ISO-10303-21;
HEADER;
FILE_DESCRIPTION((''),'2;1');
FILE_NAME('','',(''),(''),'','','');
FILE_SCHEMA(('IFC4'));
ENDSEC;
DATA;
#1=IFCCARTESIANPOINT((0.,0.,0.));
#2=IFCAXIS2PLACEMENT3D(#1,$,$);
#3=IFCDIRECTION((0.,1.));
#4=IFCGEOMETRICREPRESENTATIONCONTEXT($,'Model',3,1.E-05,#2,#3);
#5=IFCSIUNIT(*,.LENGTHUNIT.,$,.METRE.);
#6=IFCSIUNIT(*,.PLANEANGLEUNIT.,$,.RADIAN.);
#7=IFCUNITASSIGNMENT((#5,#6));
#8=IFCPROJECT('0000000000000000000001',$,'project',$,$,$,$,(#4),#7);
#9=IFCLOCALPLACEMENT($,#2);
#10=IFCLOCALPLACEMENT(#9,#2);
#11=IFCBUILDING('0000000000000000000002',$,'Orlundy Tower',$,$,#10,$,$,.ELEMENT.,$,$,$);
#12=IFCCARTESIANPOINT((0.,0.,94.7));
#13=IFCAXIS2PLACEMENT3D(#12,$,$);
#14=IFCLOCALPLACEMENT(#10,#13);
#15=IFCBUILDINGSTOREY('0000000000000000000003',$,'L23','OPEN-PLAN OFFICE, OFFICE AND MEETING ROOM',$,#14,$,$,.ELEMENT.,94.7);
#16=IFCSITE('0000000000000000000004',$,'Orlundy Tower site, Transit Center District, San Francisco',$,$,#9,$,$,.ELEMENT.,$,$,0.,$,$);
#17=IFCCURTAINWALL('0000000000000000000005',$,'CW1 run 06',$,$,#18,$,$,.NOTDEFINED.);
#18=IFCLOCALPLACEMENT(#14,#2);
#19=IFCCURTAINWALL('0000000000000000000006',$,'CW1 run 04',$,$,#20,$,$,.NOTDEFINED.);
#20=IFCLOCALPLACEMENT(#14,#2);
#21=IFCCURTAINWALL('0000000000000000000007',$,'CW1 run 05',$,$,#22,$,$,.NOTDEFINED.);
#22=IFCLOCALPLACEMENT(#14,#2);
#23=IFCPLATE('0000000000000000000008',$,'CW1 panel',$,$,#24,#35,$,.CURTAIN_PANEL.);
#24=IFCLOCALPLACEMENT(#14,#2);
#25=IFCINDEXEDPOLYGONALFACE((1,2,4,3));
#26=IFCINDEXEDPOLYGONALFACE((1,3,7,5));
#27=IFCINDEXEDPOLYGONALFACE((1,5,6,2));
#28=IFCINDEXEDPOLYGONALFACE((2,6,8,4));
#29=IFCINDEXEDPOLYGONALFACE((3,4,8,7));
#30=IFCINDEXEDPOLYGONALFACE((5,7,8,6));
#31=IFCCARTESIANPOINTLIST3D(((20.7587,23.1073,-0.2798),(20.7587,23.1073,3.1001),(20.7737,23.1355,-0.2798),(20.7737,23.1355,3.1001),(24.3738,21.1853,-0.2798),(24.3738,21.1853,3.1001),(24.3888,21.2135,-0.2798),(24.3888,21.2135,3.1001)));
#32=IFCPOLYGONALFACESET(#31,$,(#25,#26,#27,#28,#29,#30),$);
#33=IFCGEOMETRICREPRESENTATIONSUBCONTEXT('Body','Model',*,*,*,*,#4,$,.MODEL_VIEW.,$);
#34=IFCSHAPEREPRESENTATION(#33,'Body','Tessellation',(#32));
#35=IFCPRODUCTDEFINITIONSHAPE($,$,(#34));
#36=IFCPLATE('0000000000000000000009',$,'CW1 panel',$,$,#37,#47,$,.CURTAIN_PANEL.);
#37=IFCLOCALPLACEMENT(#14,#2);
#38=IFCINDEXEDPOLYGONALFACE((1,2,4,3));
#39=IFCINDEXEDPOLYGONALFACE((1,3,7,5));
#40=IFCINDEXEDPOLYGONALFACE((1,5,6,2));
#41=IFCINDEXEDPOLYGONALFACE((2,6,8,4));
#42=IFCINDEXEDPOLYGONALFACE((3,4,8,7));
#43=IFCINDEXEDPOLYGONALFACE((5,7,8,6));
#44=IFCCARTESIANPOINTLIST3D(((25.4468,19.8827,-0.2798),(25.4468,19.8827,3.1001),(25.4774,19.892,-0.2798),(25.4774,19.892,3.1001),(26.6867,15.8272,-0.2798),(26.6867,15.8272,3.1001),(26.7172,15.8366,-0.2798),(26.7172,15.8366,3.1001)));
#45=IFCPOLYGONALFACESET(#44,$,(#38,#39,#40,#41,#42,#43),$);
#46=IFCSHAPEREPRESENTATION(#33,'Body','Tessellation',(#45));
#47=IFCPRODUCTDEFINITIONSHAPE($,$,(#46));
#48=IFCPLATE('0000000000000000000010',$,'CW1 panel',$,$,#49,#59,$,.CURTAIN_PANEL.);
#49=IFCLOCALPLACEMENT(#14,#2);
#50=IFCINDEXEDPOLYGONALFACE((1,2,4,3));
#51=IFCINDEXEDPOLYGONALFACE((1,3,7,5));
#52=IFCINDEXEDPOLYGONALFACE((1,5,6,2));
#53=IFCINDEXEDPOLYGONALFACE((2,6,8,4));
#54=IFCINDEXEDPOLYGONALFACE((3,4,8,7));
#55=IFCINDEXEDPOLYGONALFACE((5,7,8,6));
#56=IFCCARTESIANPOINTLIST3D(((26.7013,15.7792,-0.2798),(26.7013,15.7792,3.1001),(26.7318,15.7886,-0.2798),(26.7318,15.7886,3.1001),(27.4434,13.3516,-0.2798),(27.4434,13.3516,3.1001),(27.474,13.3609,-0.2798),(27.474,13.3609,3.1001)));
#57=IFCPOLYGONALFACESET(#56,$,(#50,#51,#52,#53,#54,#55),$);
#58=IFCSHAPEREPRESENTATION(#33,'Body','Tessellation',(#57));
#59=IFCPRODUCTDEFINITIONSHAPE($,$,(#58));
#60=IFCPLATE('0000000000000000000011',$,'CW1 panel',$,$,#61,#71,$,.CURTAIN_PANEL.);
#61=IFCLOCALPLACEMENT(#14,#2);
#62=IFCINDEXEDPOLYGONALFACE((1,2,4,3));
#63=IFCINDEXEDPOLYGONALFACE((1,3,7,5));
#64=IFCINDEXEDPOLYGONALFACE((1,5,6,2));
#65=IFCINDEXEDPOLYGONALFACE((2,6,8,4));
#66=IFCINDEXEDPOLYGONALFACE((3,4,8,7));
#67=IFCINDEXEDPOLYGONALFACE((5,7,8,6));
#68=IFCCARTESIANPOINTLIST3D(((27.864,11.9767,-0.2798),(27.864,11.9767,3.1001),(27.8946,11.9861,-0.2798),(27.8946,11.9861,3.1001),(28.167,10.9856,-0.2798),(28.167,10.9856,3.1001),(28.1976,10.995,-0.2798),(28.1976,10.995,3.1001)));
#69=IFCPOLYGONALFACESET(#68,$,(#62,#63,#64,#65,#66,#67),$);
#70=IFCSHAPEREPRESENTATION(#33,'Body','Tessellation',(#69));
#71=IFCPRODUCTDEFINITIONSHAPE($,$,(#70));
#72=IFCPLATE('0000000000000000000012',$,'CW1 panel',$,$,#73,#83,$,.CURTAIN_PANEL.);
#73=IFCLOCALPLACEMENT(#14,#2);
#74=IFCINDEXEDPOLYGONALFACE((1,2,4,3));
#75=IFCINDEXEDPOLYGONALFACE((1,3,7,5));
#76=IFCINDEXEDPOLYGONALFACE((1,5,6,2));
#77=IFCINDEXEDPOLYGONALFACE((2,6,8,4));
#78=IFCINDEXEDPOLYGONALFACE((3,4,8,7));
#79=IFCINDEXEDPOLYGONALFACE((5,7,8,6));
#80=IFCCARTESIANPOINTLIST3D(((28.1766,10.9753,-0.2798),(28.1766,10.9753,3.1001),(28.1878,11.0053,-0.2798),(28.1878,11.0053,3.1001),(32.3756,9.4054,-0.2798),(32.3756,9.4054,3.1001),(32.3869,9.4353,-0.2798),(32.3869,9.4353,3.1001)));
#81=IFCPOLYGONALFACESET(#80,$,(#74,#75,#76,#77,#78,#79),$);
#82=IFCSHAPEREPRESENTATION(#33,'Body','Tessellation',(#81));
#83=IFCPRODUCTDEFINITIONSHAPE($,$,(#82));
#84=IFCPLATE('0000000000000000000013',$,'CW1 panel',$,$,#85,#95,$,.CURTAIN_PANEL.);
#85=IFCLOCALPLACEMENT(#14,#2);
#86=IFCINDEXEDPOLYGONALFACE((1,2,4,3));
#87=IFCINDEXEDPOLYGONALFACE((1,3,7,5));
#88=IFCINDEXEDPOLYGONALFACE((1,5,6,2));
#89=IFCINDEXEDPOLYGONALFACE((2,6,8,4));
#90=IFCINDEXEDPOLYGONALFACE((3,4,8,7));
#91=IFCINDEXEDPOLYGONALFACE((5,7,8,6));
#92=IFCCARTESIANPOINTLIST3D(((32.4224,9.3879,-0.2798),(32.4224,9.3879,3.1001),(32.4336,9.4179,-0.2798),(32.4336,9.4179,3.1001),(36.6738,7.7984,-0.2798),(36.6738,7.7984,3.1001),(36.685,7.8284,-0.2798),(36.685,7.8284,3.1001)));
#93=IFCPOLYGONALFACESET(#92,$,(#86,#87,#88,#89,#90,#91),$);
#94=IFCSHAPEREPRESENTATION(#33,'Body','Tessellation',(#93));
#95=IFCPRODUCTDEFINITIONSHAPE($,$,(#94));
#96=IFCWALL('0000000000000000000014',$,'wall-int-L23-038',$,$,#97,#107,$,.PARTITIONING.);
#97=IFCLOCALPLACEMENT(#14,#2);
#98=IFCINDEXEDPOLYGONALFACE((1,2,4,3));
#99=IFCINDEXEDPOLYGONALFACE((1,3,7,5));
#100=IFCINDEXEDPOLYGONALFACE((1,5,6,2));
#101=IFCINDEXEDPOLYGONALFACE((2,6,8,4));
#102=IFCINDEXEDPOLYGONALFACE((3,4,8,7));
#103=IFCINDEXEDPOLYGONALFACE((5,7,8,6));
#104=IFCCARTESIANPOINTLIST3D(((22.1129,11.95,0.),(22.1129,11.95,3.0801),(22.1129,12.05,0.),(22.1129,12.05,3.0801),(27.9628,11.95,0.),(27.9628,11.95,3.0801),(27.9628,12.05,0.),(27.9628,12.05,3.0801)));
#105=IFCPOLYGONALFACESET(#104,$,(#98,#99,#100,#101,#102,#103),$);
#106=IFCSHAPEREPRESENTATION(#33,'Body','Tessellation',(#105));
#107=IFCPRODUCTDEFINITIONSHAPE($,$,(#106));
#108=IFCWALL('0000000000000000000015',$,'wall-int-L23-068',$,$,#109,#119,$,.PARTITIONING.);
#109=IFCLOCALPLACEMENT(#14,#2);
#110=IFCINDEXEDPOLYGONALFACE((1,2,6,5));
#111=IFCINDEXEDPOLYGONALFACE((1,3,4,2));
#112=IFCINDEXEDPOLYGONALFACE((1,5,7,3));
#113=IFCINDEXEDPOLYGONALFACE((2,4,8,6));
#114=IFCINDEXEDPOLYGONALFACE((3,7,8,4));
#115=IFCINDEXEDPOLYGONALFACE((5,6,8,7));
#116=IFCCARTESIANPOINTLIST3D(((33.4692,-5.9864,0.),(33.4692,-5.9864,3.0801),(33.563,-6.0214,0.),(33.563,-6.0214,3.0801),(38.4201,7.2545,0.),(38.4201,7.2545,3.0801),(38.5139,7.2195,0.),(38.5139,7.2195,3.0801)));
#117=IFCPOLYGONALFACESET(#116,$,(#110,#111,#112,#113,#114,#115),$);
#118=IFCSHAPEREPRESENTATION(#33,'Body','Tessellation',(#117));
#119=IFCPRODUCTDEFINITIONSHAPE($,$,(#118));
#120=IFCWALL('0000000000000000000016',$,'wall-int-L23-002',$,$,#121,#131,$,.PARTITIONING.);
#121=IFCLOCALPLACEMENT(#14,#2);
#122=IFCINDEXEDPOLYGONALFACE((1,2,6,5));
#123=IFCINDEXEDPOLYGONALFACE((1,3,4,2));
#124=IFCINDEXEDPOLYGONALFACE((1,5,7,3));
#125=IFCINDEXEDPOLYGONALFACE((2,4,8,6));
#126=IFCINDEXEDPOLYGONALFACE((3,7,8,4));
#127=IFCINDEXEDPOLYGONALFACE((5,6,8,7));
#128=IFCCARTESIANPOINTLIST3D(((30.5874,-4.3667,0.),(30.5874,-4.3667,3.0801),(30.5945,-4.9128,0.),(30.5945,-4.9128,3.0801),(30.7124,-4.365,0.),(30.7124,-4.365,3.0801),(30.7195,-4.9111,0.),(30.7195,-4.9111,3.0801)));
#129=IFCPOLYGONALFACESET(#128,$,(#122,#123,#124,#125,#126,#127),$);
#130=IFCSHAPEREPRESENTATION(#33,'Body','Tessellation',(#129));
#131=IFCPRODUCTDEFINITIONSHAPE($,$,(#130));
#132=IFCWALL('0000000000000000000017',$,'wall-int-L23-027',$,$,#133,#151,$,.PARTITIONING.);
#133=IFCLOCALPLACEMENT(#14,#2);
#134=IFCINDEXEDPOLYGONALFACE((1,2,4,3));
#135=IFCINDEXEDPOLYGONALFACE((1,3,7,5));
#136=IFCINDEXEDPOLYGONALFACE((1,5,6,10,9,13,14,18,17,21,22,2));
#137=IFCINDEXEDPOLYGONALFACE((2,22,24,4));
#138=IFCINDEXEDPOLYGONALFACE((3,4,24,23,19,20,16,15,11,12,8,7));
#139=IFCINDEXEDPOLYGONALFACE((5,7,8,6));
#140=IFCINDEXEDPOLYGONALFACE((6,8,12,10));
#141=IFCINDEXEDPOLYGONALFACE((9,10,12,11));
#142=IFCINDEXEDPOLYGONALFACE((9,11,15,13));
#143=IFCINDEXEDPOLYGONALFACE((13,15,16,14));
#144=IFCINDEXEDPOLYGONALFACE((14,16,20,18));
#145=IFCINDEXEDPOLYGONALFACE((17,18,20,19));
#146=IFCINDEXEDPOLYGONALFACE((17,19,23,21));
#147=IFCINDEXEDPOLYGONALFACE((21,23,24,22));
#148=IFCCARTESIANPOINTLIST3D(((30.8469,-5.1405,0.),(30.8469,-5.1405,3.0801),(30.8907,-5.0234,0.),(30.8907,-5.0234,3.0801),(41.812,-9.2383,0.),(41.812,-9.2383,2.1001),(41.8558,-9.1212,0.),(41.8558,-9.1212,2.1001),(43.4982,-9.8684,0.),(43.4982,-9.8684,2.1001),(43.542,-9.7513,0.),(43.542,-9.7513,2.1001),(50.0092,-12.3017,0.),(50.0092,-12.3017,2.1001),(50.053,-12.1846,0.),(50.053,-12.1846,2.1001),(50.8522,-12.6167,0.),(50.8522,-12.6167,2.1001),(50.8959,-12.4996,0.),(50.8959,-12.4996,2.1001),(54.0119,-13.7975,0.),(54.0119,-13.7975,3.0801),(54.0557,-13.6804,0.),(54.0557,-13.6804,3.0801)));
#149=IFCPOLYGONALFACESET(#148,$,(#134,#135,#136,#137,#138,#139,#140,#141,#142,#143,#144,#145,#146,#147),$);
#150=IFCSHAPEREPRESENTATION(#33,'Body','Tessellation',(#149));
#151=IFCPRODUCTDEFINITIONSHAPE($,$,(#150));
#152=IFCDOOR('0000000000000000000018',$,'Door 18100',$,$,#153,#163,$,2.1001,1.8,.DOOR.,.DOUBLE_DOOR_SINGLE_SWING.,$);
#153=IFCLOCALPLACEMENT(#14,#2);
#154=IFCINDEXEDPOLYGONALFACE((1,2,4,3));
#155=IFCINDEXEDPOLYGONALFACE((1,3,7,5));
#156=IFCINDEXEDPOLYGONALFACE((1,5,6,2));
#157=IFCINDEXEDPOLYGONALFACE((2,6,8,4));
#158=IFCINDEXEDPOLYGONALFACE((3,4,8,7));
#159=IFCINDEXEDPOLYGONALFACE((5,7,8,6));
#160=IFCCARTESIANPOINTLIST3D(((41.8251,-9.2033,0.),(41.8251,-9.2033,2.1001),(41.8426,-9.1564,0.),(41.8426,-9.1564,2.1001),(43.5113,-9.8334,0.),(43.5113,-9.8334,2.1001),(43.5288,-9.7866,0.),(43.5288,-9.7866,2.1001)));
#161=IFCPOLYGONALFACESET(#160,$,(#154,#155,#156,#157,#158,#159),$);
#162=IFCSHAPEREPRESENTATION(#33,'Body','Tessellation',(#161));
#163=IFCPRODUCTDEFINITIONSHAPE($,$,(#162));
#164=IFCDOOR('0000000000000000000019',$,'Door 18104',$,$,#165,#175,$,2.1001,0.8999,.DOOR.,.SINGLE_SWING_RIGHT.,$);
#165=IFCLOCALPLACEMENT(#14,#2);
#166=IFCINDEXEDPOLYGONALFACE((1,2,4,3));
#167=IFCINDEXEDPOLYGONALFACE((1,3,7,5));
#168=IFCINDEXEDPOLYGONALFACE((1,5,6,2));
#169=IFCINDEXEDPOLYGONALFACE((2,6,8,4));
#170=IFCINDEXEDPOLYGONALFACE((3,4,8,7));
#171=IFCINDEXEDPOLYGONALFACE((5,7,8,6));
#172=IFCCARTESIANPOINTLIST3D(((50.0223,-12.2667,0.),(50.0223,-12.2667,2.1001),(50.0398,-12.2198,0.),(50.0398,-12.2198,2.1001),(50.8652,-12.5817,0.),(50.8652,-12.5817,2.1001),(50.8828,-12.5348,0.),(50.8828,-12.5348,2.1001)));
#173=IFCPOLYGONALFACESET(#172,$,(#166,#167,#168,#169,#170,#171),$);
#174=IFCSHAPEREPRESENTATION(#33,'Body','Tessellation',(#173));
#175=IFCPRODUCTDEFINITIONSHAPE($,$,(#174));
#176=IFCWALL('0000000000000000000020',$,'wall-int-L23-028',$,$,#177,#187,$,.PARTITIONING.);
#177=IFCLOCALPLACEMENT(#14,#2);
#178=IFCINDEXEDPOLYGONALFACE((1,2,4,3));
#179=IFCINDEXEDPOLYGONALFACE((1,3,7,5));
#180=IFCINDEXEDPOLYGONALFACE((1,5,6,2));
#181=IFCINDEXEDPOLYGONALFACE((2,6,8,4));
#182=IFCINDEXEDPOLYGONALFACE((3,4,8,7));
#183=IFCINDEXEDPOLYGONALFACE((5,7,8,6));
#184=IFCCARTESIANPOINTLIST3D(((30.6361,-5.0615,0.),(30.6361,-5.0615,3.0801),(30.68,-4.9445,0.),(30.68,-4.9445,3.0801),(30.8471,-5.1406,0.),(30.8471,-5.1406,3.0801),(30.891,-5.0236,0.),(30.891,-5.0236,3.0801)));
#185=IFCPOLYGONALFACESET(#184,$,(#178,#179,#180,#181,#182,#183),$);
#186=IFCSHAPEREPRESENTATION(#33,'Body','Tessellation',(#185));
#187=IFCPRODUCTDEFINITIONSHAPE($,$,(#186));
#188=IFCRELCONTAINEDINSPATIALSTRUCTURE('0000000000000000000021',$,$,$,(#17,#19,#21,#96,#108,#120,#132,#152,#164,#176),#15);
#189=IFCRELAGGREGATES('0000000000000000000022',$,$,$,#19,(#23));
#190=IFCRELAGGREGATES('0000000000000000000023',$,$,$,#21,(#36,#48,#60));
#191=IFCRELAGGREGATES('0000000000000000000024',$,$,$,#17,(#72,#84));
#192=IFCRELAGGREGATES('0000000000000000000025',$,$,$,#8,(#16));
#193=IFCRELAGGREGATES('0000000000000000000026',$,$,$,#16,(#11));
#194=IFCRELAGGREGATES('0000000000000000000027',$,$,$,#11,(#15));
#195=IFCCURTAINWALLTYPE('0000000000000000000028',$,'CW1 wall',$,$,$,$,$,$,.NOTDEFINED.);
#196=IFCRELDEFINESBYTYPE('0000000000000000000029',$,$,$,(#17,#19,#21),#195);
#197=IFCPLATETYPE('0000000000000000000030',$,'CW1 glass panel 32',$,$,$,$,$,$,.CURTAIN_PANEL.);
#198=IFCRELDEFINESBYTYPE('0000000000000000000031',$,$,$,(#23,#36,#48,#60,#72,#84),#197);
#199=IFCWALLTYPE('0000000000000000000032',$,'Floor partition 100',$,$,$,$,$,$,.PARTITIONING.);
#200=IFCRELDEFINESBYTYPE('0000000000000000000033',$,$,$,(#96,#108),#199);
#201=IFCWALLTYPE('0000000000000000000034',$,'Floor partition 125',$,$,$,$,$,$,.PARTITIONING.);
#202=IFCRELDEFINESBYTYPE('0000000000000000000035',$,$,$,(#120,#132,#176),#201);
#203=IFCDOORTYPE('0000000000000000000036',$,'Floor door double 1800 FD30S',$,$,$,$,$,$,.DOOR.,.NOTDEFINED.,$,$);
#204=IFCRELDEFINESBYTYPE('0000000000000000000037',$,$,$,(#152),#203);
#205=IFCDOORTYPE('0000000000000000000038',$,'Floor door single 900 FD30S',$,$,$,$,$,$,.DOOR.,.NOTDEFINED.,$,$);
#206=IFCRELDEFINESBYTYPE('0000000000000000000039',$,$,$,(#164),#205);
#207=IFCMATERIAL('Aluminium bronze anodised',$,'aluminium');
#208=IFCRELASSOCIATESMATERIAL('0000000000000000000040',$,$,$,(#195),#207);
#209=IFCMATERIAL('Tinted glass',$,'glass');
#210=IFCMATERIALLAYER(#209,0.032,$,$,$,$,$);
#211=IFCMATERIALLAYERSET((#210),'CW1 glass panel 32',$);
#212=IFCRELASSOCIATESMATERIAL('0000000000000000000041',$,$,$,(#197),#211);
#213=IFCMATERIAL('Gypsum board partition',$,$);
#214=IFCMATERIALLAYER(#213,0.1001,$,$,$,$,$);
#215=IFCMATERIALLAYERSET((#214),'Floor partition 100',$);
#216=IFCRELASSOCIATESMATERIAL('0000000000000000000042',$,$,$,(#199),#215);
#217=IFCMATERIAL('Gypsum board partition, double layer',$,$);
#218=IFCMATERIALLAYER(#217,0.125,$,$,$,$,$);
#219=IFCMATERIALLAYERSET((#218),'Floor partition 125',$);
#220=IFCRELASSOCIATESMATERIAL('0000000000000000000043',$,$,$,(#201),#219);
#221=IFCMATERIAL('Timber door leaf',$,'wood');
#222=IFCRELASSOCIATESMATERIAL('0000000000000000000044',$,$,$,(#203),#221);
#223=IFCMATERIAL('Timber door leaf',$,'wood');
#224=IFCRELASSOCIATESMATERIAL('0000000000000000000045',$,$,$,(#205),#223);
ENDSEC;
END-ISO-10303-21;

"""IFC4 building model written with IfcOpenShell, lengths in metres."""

from ifc_helpers import new_model, si_unit, direction, frame, frame_2d, origin, origin_2d, place, context, subcontext, project, spatial, rectangle, extrude, material, layer, layer_set, type_object, element, fill, aggregate, save


model = new_model("IFC4")

# Units and contexts
model_context = context("Model", 3, precision=1e-05, world=origin(), true_north=direction((0.0, 1.0)))
body_context = subcontext(model_context, "Body", "Model", "MODEL_VIEW")
ifc_project = project(units=[si_unit("LENGTHUNIT", "METRE"), si_unit("PLANEANGLEUNIT", "RADIAN")], contexts=[model_context])

# Site, building, storey
site_placement = place(None, origin())
site = spatial("IfcSite", under=ifc_project, at=site_placement, Name="Orlundy Tower site, Transit Center District, San Francisco", CompositionType="ELEMENT", RefElevation=0.0)
building_placement = place(site_placement, origin())
building = spatial("IfcBuilding", under=site, at=building_placement, Name="Orlundy Tower", CompositionType="ELEMENT")
storey_placement = place(building_placement, frame((0.0, 0.0, 94.7)))
storey = spatial("IfcBuildingStorey", under=building, at=storey_placement, Name="L23", Description="OPEN-PLAN OFFICE, OFFICE AND MEETING ROOM", CompositionType="ELEMENT", Elevation=94.7)

# Curtain walls
ifc_material_1 = material(Name="Aluminium bronze anodised", Category="aluminium")
curtain_wall_type = type_object("IfcCurtainWallType", Name="CW1 wall", PredefinedType="NOTDEFINED", material=ifc_material_1)
curtain_wall_1_placement = place(storey_placement, origin())
curtain_wall_1 = element("IfcCurtainWall", 1, at=curtain_wall_1_placement, inside=storey, type_object=curtain_wall_type, Name="CW1 run 06", PredefinedType="NOTDEFINED")
curtain_wall_2_placement = place(storey_placement, origin())
curtain_wall_2 = element("IfcCurtainWall", 2, at=curtain_wall_2_placement, inside=storey, type_object=curtain_wall_type, Name="CW1 run 04", PredefinedType="NOTDEFINED")
curtain_wall_3_placement = place(storey_placement, origin())
curtain_wall_3 = element("IfcCurtainWall", 3, at=curtain_wall_3_placement, inside=storey, type_object=curtain_wall_type, Name="CW1 run 05", PredefinedType="NOTDEFINED")

# Plates
ifc_material_2 = material(Name="Tinted glass", Category="glass")
ifc_layer_1 = layer(ifc_material_2, 0.032)
ifc_layer_set_1 = layer_set([ifc_layer_1], Name="CW1 glass panel 32")
plate_type = type_object("IfcPlateType", Name="CW1 glass panel 32", PredefinedType="CURTAIN_PANEL", material=ifc_layer_set_1)
plate_1_placement = place(storey_placement, frame((22.5737, 22.1604, -0.2798), z_axis=(0.0, 0.0, 1.0), x_axis=(0.882961, -0.469445, 0.0)))
plate_1 = element("IfcPlate", 4, at=plate_1_placement, type_object=plate_type, Name="CW1 panel", PredefinedType="CURTAIN_PANEL", context=body_context, shape_type="SweptSolid", body=[
    extrude(rectangle(XDim=4.0942, YDim=0.032, at=origin_2d()), origin(), (0.0, 0.0, 1.0), 3.3799),
])
aggregate(curtain_wall_2, [plate_1])
plate_2_placement = place(storey_placement, frame((26.082, 17.8596, -0.2798), z_axis=(0.0, 0.0, 1.0), x_axis=(0.292362, -0.956308, 0.0)))
plate_2 = element("IfcPlate", 5, at=plate_2_placement, type_object=plate_type, Name="CW1 panel", PredefinedType="CURTAIN_PANEL", context=body_context, shape_type="SweptSolid", body=[
    extrude(rectangle(XDim=4.2407, YDim=0.032, at=origin_2d()), origin(), (0.0, 0.0, 1.0), 3.3799),
])
plate_3_placement = place(storey_placement, frame((27.0876, 14.5701, -0.2798), z_axis=(0.0, 0.0, 1.0), x_axis=(0.292362, -0.956308, 0.0)))
plate_3 = element("IfcPlate", 6, at=plate_3_placement, type_object=plate_type, Name="CW1 panel", PredefinedType="CURTAIN_PANEL", context=body_context, shape_type="SweptSolid", body=[
    extrude(rectangle(XDim=2.5386, YDim=0.032, at=origin_2d()), origin(), (0.0, 0.0, 1.0), 3.3799),
])
plate_4_placement = place(storey_placement, frame((28.0308, 11.4858, -0.2798), z_axis=(0.0, 0.0, 1.0), x_axis=(0.292362, -0.956308, 0.0)))
plate_4 = element("IfcPlate", 7, at=plate_4_placement, type_object=plate_type, Name="CW1 panel", PredefinedType="CURTAIN_PANEL", context=body_context, shape_type="SweptSolid", body=[
    extrude(rectangle(XDim=1.0364, YDim=0.032, at=origin_2d()), origin(), (0.0, 0.0, 1.0), 3.3799),
])
aggregate(curtain_wall_3, [plate_2, plate_3, plate_4])
plate_5_placement = place(storey_placement, frame((30.2817, 10.2053, -0.2798), z_axis=(0.0, 0.0, 1.0), x_axis=(0.936674, -0.350204, 0.0)))
plate_5 = element("IfcPlate", 8, at=plate_5_placement, type_object=plate_type, Name="CW1 panel", PredefinedType="CURTAIN_PANEL", context=body_context, shape_type="SweptSolid", body=[
    extrude(rectangle(XDim=4.4829, YDim=0.032, at=origin_2d()), origin(), (0.0, 0.0, 1.0), 3.3799),
])
plate_6_placement = place(storey_placement, frame((34.5537, 8.6082, -0.2798), z_axis=(0.0, 0.0, 1.0), x_axis=(0.936674, -0.350204, 0.0)))
plate_6 = element("IfcPlate", 9, at=plate_6_placement, type_object=plate_type, Name="CW1 panel", PredefinedType="CURTAIN_PANEL", context=body_context, shape_type="SweptSolid", body=[
    extrude(rectangle(XDim=4.5388, YDim=0.032, at=origin_2d()), origin(), (0.0, 0.0, 1.0), 3.3799),
])
aggregate(curtain_wall_1, [plate_5, plate_6])

# Walls
ifc_material_3 = material(Name="Gypsum board partition")
ifc_layer_2 = layer(ifc_material_3, 0.1001)
ifc_layer_set_2 = layer_set([ifc_layer_2], Name="Floor partition 100")
wall_type_1 = type_object("IfcWallType", Name="Floor partition 100", PredefinedType="PARTITIONING", material=ifc_layer_set_2)
wall_1_placement = place(storey_placement, frame((22.113, 12.0, 0.0), z_axis=(0.0, 0.0, 1.0), x_axis=(1.0, 0.0, 0.0)))
element("IfcWall", 10, at=wall_1_placement, inside=storey, type_object=wall_type_1, Name="wall-int-L23-038", PredefinedType="PARTITIONING", context=body_context, shape_type="SweptSolid", body=[
    extrude(rectangle(XDim=5.8499, YDim=0.1001, at=frame_2d((2.9248, 0.0))), origin(), (0.0, 0.0, 1.0), 3.0801),
])
wall_2_placement = place(storey_placement, frame((33.5161, -6.0039, 0.0), z_axis=(0.0, 0.0, 1.0), x_axis=(0.350228, 0.936664, 0.0)))
element("IfcWall", 11, at=wall_2_placement, inside=storey, type_object=wall_type_1, Name="wall-int-L23-068", PredefinedType="PARTITIONING", context=body_context, shape_type="SweptSolid", body=[
    extrude(rectangle(XDim=14.1362, YDim=0.1001, at=frame_2d((7.0681, 0.0))), origin(), (0.0, 0.0, 1.0), 3.0801),
])
ifc_material_4 = material(Name="Gypsum board partition, double layer")
ifc_layer_3 = layer(ifc_material_4, 0.125)
ifc_layer_set_3 = layer_set([ifc_layer_3], Name="Floor partition 125")
wall_type_2 = type_object("IfcWallType", Name="Floor partition 125", PredefinedType="PARTITIONING", material=ifc_layer_set_3)
wall_3_placement = place(storey_placement, frame((30.6499, -4.366, 0.0), z_axis=(0.0, 0.0, 1.0), x_axis=(0.012963, -0.999916, 0.0)))
element("IfcWall", 12, at=wall_3_placement, inside=storey, type_object=wall_type_2, Name="wall-int-L23-002", PredefinedType="PARTITIONING", context=body_context, shape_type="SweptSolid", body=[
    extrude(rectangle(XDim=0.5461, YDim=0.125, at=frame_2d((0.2729, 0.0))), origin(), (0.0, 0.0, 1.0), 3.0801),
])

# Wall, openings, doors
wall_4_placement = place(storey_placement, frame((30.8689, -5.082, 0.0), z_axis=(0.0, 0.0, 1.0), x_axis=(0.936726, -0.350063, 0.0)))
wall_4 = element("IfcWall", 13, at=wall_4_placement, inside=storey, type_object=wall_type_2, Name="wall-int-L23-027", PredefinedType="PARTITIONING", context=body_context, shape_type="SweptSolid", body=[
    extrude(rectangle(XDim=24.7297, YDim=0.125, at=frame_2d((12.3647, 0.0))), origin(), (0.0, 0.0, 1.0), 3.0801),
])
opening_1_placement = place(wall_4_placement, frame((11.7058, 0.0, 0.0)))
opening_1 = element("IfcOpeningElement", 14, at=opening_1_placement, cuts=wall_4, PredefinedType="OPENING", context=body_context, shape_type="SweptSolid", body=[
    extrude(rectangle(XDim=1.8, YDim=2.1001, at=frame_2d((0.8999, 1.05))), frame((0.0, 0.0725, 0.0), z_axis=(0.0, -1.0, 0.0), x_axis=(1.0, 0.0, 0.0)), (0.0, 0.0, 1.0), 0.145),
])
opening_2_placement = place(wall_4_placement, frame((20.4565, 0.0, 0.0)))
opening_2 = element("IfcOpeningElement", 15, at=opening_2_placement, cuts=wall_4, PredefinedType="OPENING", context=body_context, shape_type="SweptSolid", body=[
    extrude(rectangle(XDim=0.8999, YDim=2.1001, at=frame_2d((0.45, 1.05))), frame((0.0, 0.0725, 0.0), z_axis=(0.0, -1.0, 0.0), x_axis=(1.0, 0.0, 0.0)), (0.0, 0.0, 1.0), 0.145),
])
ifc_material_5 = material(Name="Timber door leaf", Category="wood")
door_type_1 = type_object("IfcDoorType", Name="Floor door double 1800 FD30S", OperationType="NOTDEFINED", PredefinedType="DOOR", material=ifc_material_5)
door_1_placement = place(opening_1_placement, origin())
door_1 = element("IfcDoor", 16, at=door_1_placement, inside=storey, type_object=door_type_1, Name="Door 18100", OperationType="DOUBLE_DOOR_SINGLE_SWING", OverallHeight=2.1001, OverallWidth=1.8, PredefinedType="DOOR", context=body_context, shape_type="SweptSolid", body=[
    extrude(rectangle(XDim=1.8, YDim=2.1001, at=frame_2d((0.8999, 1.05))), frame((0.0, 0.0249, 0.0), z_axis=(0.0, -1.0, 0.0), x_axis=(1.0, 0.0, 0.0)), (0.0, 0.0, 1.0), 0.05),
])
fill(opening_1, door_1)
ifc_material_6 = material(Name="Timber door leaf", Category="wood")
door_type_2 = type_object("IfcDoorType", Name="Floor door single 900 FD30S", OperationType="NOTDEFINED", PredefinedType="DOOR", material=ifc_material_6)
door_2_placement = place(opening_2_placement, origin())
door_2 = element("IfcDoor", 17, at=door_2_placement, inside=storey, type_object=door_type_2, Name="Door 18104", OperationType="SINGLE_SWING_RIGHT", OverallHeight=2.1001, OverallWidth=0.8999, PredefinedType="DOOR", context=body_context, shape_type="SweptSolid", body=[
    extrude(rectangle(XDim=0.8999, YDim=2.1001, at=frame_2d((0.45, 1.05))), frame((0.0, 0.0249, 0.0), z_axis=(0.0, -1.0, 0.0), x_axis=(1.0, 0.0, 0.0)), (0.0, 0.0, 1.0), 0.05),
])
fill(opening_2, door_2)

# Wall
wall_5_placement = place(storey_placement, frame((30.658, -5.0029, 0.0), z_axis=(0.0, 0.0, 1.0), x_axis=(0.936329, -0.351123, 0.0)))
element("IfcWall", 18, at=wall_5_placement, inside=storey, type_object=wall_type_2, Name="wall-int-L23-028", PredefinedType="PARTITIONING", context=body_context, shape_type="SweptSolid", body=[
    extrude(rectangle(XDim=0.2253, YDim=0.125, at=frame_2d((0.1128, 0.0))), origin(), (0.0, 0.0, 1.0), 3.0801),
])

save(model, "model.ifc")
